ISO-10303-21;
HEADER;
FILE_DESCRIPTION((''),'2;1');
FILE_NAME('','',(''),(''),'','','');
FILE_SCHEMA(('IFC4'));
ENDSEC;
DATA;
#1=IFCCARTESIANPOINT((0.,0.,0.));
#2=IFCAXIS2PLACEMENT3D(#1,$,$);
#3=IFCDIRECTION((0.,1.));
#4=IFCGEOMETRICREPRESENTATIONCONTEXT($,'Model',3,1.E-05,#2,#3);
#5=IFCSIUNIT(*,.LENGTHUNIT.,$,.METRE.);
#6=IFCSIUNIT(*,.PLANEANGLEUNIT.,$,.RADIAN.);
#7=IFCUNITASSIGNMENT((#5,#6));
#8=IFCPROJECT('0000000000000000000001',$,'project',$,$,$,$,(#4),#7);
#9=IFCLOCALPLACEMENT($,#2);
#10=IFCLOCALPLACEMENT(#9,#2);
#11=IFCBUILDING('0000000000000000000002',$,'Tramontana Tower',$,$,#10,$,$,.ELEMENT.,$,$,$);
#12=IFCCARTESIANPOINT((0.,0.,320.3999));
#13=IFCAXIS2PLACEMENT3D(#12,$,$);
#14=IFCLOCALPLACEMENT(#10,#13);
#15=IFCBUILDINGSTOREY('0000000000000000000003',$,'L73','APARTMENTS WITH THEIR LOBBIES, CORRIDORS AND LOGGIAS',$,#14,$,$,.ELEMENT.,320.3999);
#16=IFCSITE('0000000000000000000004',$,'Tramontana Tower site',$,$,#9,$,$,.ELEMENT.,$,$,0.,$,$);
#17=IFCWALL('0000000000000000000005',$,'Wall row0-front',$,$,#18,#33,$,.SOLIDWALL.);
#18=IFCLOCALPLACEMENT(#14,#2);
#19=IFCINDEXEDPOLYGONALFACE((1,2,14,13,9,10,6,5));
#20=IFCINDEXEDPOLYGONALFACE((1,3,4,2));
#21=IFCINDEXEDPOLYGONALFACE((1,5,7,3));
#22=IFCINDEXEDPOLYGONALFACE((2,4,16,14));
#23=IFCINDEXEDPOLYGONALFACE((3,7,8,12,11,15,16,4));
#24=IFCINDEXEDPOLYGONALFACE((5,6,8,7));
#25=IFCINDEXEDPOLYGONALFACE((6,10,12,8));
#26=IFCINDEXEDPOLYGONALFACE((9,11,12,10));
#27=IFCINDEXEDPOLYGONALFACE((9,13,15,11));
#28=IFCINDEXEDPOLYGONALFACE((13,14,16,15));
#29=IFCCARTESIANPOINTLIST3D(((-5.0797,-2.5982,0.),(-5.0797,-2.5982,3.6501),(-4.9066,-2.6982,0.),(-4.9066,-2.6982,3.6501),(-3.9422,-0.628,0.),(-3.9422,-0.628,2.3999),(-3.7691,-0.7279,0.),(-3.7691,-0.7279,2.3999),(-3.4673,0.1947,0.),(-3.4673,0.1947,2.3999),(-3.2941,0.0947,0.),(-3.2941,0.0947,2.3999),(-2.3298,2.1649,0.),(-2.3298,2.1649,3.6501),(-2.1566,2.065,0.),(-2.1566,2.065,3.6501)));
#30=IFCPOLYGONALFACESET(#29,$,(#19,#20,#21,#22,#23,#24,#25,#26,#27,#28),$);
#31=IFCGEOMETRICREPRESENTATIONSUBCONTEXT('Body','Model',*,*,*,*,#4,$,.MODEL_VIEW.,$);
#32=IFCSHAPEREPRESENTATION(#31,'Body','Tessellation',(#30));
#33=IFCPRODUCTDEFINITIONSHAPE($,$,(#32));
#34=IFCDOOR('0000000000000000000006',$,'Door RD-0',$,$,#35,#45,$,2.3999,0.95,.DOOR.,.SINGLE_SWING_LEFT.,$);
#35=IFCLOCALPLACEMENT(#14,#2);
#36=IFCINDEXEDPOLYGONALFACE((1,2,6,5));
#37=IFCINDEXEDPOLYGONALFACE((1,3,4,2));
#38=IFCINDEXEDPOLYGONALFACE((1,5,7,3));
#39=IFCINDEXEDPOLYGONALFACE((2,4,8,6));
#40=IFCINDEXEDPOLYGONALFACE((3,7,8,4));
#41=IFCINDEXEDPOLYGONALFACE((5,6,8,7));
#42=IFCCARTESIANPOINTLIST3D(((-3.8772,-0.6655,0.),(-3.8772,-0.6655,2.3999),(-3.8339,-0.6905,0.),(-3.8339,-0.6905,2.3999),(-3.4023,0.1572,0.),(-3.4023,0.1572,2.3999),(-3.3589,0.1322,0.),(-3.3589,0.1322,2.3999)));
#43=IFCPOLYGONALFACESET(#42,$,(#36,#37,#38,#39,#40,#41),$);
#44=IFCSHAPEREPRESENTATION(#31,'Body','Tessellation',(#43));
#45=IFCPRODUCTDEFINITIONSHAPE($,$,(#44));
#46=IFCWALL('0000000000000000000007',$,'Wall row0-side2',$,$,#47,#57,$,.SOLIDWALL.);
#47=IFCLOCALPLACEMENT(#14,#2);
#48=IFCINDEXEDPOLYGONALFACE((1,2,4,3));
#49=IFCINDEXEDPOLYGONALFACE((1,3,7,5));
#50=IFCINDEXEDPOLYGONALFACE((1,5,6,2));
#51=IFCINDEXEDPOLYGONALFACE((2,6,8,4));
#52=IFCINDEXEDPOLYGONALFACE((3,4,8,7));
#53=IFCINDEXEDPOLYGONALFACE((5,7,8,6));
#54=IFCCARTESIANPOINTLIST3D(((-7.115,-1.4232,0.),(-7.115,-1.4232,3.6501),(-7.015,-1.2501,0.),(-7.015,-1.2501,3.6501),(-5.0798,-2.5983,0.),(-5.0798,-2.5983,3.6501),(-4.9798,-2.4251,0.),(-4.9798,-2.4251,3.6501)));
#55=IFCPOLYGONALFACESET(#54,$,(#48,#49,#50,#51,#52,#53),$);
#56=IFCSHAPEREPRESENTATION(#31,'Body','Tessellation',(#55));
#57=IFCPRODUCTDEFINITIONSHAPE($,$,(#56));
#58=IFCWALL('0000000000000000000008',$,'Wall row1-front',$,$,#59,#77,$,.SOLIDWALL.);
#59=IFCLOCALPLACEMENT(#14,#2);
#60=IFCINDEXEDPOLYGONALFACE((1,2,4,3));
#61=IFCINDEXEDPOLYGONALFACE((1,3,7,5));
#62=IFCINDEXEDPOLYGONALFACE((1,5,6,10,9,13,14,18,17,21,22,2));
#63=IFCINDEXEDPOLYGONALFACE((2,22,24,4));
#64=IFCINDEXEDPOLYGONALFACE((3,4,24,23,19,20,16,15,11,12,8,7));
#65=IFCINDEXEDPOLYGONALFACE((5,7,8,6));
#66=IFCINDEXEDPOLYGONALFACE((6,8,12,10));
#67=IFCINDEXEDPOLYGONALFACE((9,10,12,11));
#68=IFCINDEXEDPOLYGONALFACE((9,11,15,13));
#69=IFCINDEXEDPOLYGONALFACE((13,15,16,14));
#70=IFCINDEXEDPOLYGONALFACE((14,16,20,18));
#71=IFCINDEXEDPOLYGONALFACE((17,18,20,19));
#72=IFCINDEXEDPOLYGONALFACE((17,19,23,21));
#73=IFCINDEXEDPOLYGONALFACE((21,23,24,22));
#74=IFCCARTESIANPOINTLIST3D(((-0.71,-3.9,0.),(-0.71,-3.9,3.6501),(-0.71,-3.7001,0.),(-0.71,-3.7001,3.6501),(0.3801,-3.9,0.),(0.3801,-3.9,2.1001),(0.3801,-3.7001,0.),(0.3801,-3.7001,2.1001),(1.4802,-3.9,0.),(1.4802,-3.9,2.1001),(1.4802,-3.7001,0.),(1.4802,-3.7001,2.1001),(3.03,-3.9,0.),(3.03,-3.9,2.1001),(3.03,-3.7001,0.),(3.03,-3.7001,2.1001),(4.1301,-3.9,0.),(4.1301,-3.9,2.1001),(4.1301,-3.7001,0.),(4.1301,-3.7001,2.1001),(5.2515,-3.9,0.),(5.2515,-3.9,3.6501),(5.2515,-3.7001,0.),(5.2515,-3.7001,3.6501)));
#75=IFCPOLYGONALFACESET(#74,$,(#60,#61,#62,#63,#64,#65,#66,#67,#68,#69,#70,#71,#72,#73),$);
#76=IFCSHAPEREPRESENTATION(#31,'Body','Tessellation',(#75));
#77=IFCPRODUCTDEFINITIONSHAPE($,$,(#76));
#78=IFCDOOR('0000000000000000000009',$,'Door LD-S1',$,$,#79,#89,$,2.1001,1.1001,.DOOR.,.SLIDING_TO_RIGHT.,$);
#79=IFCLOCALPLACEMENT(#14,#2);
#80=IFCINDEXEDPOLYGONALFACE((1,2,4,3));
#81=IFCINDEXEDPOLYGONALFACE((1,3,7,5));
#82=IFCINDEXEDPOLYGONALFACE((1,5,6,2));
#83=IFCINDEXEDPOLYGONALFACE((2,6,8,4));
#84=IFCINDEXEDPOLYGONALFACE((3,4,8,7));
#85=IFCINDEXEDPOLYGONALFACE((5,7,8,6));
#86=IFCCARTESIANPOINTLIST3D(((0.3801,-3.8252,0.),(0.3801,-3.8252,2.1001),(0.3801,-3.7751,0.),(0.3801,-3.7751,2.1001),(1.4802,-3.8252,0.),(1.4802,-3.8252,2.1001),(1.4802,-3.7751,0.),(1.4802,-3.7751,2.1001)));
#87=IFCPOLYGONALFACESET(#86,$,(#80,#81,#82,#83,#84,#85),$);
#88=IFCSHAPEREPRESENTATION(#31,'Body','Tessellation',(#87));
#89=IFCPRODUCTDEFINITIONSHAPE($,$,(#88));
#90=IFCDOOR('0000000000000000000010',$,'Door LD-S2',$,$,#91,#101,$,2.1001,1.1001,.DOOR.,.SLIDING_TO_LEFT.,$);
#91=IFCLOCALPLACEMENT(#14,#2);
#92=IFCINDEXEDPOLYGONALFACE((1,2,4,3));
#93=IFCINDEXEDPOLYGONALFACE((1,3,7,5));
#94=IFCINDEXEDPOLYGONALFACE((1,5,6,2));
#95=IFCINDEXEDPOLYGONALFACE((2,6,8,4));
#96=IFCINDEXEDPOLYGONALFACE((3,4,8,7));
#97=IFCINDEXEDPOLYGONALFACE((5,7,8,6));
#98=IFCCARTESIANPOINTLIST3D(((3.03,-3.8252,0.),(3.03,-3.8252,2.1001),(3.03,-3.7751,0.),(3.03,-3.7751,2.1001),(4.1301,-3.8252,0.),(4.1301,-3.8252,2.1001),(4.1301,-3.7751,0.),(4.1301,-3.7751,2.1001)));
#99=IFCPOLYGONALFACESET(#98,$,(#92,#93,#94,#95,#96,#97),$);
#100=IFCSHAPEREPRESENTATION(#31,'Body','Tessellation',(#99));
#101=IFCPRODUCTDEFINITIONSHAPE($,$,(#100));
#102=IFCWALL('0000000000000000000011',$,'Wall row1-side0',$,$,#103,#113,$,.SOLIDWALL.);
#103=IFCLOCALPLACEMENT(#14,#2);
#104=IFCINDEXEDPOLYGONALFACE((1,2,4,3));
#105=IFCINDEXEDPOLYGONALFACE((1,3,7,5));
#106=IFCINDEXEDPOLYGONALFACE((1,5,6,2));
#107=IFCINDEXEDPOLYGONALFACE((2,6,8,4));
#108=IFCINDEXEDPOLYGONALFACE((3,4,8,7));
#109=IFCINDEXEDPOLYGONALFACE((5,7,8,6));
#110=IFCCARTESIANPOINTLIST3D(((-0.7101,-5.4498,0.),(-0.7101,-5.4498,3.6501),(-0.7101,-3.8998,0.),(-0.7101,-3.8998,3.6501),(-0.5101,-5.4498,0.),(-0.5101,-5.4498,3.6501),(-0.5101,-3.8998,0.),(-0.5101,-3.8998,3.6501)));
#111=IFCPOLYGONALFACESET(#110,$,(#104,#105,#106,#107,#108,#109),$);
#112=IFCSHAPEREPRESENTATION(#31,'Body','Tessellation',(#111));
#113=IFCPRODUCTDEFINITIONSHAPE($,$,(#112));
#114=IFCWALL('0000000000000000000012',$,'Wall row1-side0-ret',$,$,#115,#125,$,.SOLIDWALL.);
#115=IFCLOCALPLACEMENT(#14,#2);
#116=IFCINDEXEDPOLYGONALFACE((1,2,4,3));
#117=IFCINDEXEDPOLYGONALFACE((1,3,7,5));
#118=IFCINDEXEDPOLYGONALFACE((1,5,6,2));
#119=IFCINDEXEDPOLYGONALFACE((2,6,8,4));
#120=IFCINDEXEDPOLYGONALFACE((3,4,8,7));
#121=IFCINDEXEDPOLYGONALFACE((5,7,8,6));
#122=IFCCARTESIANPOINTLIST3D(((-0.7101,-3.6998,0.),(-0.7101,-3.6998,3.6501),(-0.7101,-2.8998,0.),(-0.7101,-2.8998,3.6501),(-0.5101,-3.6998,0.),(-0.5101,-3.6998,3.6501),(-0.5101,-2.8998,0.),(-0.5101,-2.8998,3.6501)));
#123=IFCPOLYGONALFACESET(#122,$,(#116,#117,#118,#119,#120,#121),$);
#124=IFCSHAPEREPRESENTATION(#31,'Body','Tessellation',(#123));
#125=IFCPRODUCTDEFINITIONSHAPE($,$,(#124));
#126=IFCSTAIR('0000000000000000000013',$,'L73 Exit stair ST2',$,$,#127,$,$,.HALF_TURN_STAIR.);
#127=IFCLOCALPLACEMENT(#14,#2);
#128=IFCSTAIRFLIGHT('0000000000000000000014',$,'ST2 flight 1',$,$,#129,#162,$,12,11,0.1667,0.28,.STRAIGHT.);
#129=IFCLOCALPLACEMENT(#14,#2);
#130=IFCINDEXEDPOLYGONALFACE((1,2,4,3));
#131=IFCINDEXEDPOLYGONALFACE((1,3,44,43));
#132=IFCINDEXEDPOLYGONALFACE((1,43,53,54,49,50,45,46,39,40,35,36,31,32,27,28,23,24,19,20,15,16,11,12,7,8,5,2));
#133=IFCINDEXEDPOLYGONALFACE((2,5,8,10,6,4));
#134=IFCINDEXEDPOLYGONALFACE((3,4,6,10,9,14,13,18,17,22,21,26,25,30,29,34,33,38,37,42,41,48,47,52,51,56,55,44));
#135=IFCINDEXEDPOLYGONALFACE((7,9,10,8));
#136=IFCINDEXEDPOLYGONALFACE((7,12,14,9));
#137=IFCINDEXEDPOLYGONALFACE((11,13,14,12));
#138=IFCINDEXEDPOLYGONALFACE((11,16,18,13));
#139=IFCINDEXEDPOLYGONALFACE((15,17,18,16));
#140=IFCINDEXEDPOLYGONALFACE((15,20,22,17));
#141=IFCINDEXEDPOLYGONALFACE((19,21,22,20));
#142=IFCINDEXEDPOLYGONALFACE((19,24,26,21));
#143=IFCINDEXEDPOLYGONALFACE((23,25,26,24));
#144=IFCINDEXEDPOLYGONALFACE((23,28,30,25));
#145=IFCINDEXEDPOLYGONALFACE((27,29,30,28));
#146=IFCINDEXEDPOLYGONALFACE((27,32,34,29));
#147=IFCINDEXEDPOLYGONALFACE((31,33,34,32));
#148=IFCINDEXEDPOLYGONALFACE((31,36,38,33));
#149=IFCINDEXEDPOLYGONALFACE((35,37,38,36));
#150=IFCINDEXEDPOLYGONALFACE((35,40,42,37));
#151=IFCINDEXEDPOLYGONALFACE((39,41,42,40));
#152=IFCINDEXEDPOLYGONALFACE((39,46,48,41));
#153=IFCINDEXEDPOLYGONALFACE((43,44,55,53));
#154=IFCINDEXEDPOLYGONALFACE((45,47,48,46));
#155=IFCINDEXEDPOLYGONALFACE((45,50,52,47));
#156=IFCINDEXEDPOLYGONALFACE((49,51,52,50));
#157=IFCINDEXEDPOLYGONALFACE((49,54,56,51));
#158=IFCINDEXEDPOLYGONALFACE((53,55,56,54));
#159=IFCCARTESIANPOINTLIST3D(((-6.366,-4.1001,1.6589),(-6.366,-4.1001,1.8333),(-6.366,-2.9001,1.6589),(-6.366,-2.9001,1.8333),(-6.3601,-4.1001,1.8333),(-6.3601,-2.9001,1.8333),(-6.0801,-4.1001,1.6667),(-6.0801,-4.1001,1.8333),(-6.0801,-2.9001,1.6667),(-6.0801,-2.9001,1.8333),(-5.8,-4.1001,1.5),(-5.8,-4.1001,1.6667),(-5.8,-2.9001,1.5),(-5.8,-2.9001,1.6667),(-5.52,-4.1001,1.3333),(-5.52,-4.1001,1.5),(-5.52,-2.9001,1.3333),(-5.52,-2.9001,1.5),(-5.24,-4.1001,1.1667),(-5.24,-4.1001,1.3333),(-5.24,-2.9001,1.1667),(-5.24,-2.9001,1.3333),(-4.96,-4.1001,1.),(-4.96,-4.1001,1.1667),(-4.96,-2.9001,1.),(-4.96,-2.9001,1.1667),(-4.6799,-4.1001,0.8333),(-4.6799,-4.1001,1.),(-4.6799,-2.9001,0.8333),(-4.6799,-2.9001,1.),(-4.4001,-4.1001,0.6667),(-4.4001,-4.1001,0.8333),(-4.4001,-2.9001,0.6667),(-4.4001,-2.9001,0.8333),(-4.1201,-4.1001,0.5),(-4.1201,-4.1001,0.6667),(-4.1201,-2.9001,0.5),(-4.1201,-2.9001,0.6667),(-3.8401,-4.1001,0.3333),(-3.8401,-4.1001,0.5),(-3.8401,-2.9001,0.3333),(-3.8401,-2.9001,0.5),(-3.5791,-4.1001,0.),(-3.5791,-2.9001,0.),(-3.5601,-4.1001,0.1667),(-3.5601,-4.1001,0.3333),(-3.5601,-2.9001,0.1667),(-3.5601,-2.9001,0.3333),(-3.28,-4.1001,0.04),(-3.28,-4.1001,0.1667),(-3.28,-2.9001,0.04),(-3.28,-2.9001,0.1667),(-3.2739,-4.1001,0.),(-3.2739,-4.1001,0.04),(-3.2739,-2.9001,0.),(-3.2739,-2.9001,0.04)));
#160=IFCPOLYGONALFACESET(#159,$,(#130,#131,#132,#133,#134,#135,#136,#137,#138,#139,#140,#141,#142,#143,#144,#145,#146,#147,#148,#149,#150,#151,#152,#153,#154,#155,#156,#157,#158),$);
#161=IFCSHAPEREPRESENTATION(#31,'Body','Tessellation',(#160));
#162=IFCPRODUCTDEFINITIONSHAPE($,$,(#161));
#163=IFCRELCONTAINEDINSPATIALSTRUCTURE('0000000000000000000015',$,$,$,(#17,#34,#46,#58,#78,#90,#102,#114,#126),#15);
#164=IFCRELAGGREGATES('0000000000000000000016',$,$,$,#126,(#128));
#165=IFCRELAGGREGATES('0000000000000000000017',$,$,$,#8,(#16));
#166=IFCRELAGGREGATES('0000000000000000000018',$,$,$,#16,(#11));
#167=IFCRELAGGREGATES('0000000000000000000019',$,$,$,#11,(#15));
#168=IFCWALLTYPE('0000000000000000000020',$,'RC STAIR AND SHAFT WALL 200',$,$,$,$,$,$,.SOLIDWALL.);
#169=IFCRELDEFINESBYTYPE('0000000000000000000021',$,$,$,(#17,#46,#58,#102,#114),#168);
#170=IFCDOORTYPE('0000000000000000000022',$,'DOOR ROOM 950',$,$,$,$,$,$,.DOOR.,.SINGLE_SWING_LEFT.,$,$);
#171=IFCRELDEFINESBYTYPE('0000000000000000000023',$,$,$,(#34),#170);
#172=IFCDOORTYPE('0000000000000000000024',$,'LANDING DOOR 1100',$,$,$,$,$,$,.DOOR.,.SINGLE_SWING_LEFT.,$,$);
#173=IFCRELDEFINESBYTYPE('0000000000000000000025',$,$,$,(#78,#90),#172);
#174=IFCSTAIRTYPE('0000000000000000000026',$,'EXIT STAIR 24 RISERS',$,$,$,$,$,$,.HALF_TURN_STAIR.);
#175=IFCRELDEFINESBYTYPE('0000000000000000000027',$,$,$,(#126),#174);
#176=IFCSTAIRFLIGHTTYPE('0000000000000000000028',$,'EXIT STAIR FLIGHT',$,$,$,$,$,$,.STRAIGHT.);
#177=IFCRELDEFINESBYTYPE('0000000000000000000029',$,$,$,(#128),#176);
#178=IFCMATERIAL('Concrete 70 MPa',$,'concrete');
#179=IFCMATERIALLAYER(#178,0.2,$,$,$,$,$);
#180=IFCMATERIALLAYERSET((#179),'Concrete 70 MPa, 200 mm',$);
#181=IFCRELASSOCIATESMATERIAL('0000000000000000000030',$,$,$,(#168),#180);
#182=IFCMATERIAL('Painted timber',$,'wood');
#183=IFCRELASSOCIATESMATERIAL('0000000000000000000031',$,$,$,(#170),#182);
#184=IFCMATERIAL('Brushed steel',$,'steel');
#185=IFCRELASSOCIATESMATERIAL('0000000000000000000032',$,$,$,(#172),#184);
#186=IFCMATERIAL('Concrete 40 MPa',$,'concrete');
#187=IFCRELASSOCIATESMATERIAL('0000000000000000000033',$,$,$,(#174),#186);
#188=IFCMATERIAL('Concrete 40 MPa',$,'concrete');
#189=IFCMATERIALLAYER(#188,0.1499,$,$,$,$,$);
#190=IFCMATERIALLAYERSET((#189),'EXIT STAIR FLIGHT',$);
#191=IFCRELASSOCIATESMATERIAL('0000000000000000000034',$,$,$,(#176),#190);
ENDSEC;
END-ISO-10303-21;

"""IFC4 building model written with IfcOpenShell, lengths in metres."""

from ifc_helpers import new_model, si_unit, direction, frame, frame_2d, origin, place, context, subcontext, project, spatial, polyline, rectangle, outline, extrude, material, layer, layer_set, type_object, element, fill, aggregate, save


model = new_model("IFC4")

# Units and contexts
model_context = context("Model", 3, precision=1e-05, world=origin(), true_north=direction((0.0, 1.0)))
body_context = subcontext(model_context, "Body", "Model", "MODEL_VIEW")
ifc_project = project(units=[si_unit("LENGTHUNIT", "METRE"), si_unit("PLANEANGLEUNIT", "RADIAN")], contexts=[model_context])

# Site, building, storey
site_placement = place(None, origin())
site = spatial("IfcSite", under=ifc_project, at=site_placement, Name="Tramontana Tower site", CompositionType="ELEMENT", RefElevation=0.0)
building_placement = place(site_placement, origin())
building = spatial("IfcBuilding", under=site, at=building_placement, Name="Tramontana Tower", CompositionType="ELEMENT")
storey_placement = place(building_placement, frame((0.0, 0.0, 320.3999)))
storey = spatial("IfcBuildingStorey", under=building, at=storey_placement, Name="L73", Description="APARTMENTS WITH THEIR LOBBIES, CORRIDORS AND LOGGIAS", CompositionType="ELEMENT", Elevation=320.3999)

# Wall, opening, door
ifc_material_1 = material(Name="Concrete 70 MPa", Category="concrete")
ifc_layer_1 = layer(ifc_material_1, 0.2)
ifc_layer_set_1 = layer_set([ifc_layer_1], Name="Concrete 70 MPa, 200 mm")
wall_type_1 = type_object("IfcWallType", Name="RC STAIR AND SHAFT WALL 200", PredefinedType="SOLIDWALL", material=ifc_layer_set_1)
wall_1_placement = place(storey_placement, frame((-4.9932, -2.6482, 0.0), z_axis=(0.0, 0.0, 1.0), x_axis=(0.499997, 0.866027, 0.0)))
wall_1 = element("IfcWall", 1, at=wall_1_placement, inside=storey, type_object=wall_type_1, Name="Wall row0-front", PredefinedType="SOLIDWALL", context=body_context, shape_type="SweptSolid", body=[
    extrude(rectangle(XDim=5.5, YDim=0.2, at=frame_2d((2.75, 0.0))), origin(), (0.0, 0.0, 1.0), 3.6501),
])
opening_1_placement = place(wall_1_placement, frame((2.2749, 0.0, 0.0)))
opening_1 = element("IfcOpeningElement", 2, at=opening_1_placement, cuts=wall_1, PredefinedType="OPENING", context=body_context, shape_type="SweptSolid", body=[
    extrude(rectangle(XDim=0.95, YDim=2.3999, at=frame_2d((0.4751, 1.2))), frame((0.0, 0.1099, 0.0), z_axis=(0.0, -1.0, 0.0), x_axis=(1.0, 0.0, 0.0)), (0.0, 0.0, 1.0), 0.22),
])
ifc_material_2 = material(Name="Painted timber", Category="wood")
door_type_1 = type_object("IfcDoorType", Name="DOOR ROOM 950", OperationType="SINGLE_SWING_LEFT", PredefinedType="DOOR", material=ifc_material_2)
door_1_placement = place(opening_1_placement, origin())
door_1 = element("IfcDoor", 3, at=door_1_placement, inside=storey, type_object=door_type_1, Name="Door RD-0", OperationType="SINGLE_SWING_LEFT", OverallHeight=2.3999, OverallWidth=0.95, PredefinedType="DOOR", context=body_context, shape_type="SweptSolid", body=[
    extrude(rectangle(XDim=0.95, YDim=2.3999, at=frame_2d((0.4751, 1.2))), frame((0.0, 0.0249, 0.0), z_axis=(0.0, -1.0, 0.0), x_axis=(1.0, 0.0, 0.0)), (0.0, 0.0, 1.0), 0.05),
])
fill(opening_1, door_1)

# Wall
wall_2_placement = place(storey_placement, frame((-5.0298, -2.5117, 0.0), z_axis=(0.0, 0.0, 1.0), x_axis=(-0.866016, 0.500016, 0.0)))
element("IfcWall", 4, at=wall_2_placement, inside=storey, type_object=wall_type_1, Name="Wall row0-side2", PredefinedType="SOLIDWALL", context=body_context, shape_type="SweptSolid", body=[
    extrude(rectangle(XDim=2.3501, YDim=0.2, at=frame_2d((1.175, 0.0))), origin(), (0.0, 0.0, 1.0), 3.6501),
])

# Wall, openings, doors
wall_3_placement = place(storey_placement, frame((-0.71, -3.8, 0.0), z_axis=(0.0, 0.0, 1.0), x_axis=(1.0, 0.0, 0.0)))
wall_3 = element("IfcWall", 5, at=wall_3_placement, inside=storey, type_object=wall_type_1, Name="Wall row1-front", PredefinedType="SOLIDWALL", context=body_context, shape_type="SweptSolid", body=[
    extrude(rectangle(XDim=5.9614, YDim=0.2, at=frame_2d((2.9807, 0.0))), origin(), (0.0, 0.0, 1.0), 3.6501),
])
opening_2_placement = place(wall_3_placement, frame((1.0901, 0.0, 0.0)))
opening_2 = element("IfcOpeningElement", 6, at=opening_2_placement, cuts=wall_3, PredefinedType="OPENING", context=body_context, shape_type="SweptSolid", body=[
    extrude(rectangle(XDim=1.1001, YDim=2.1001, at=frame_2d((0.55, 1.05))), frame((0.0, 0.1099, 0.0), z_axis=(0.0, -1.0, 0.0), x_axis=(1.0, 0.0, 0.0)), (0.0, 0.0, 1.0), 0.22),
])
opening_3_placement = place(wall_3_placement, frame((3.74, 0.0, 0.0)))
opening_3 = element("IfcOpeningElement", 7, at=opening_3_placement, cuts=wall_3, PredefinedType="OPENING", context=body_context, shape_type="SweptSolid", body=[
    extrude(rectangle(XDim=1.1001, YDim=2.1001, at=frame_2d((0.55, 1.05))), frame((0.0, 0.1099, 0.0), z_axis=(0.0, -1.0, 0.0), x_axis=(1.0, 0.0, 0.0)), (0.0, 0.0, 1.0), 0.22),
])
ifc_material_3 = material(Name="Brushed steel", Category="steel")
door_type_2 = type_object("IfcDoorType", Name="LANDING DOOR 1100", OperationType="SINGLE_SWING_LEFT", PredefinedType="DOOR", material=ifc_material_3)
door_2_placement = place(opening_2_placement, origin())
door_2 = element("IfcDoor", 8, at=door_2_placement, inside=storey, type_object=door_type_2, Name="Door LD-S1", OperationType="SLIDING_TO_RIGHT", OverallHeight=2.1001, OverallWidth=1.1001, PredefinedType="DOOR", context=body_context, shape_type="SweptSolid", body=[
    extrude(rectangle(XDim=1.1001, YDim=2.1001, at=frame_2d((0.55, 1.05))), frame((0.0, 0.0249, 0.0), z_axis=(0.0, -1.0, 0.0), x_axis=(1.0, 0.0, 0.0)), (0.0, 0.0, 1.0), 0.05),
])
fill(opening_2, door_2)
door_3_placement = place(opening_3_placement, origin())
door_3 = element("IfcDoor", 9, at=door_3_placement, inside=storey, type_object=door_type_2, Name="Door LD-S2", OperationType="SLIDING_TO_LEFT", OverallHeight=2.1001, OverallWidth=1.1001, PredefinedType="DOOR", context=body_context, shape_type="SweptSolid", body=[
    extrude(rectangle(XDim=1.1001, YDim=2.1001, at=frame_2d((0.55, 1.05))), frame((0.0, 0.0249, 0.0), z_axis=(0.0, -1.0, 0.0), x_axis=(1.0, 0.0, 0.0)), (0.0, 0.0, 1.0), 0.05),
])
fill(opening_3, door_3)

# Walls
wall_4_placement = place(storey_placement, frame((-0.6101, -3.8999, 0.0), z_axis=(0.0, 0.0, 1.0), x_axis=(0.0, -1.0, 0.0)))
element("IfcWall", 10, at=wall_4_placement, inside=storey, type_object=wall_type_1, Name="Wall row1-side0", PredefinedType="SOLIDWALL", context=body_context, shape_type="SweptSolid", body=[
    extrude(rectangle(XDim=1.55, YDim=0.2, at=frame_2d((0.7749, 0.0))), origin(), (0.0, 0.0, 1.0), 3.6501),
])
wall_5_placement = place(storey_placement, frame((-0.6101, -2.8999, 0.0), z_axis=(0.0, 0.0, 1.0), x_axis=(0.0, -1.0, 0.0)))
element("IfcWall", 11, at=wall_5_placement, inside=storey, type_object=wall_type_1, Name="Wall row1-side0-ret", PredefinedType="SOLIDWALL", context=body_context, shape_type="SweptSolid", body=[
    extrude(rectangle(XDim=0.8, YDim=0.2, at=frame_2d((0.3999, 0.0))), origin(), (0.0, 0.0, 1.0), 3.6501),
])

# Stair, stair flight
ifc_material_4 = material(Name="Concrete 40 MPa", Category="concrete")
stair_type = type_object("IfcStairType", Name="EXIT STAIR 24 RISERS", PredefinedType="HALF_TURN_STAIR", material=ifc_material_4)
stair_placement = place(storey_placement, origin())
stair = element("IfcStair", 12, at=stair_placement, inside=storey, type_object=stair_type, Name="L73 Exit stair ST2", PredefinedType="HALF_TURN_STAIR")
ifc_material_5 = material(Name="Concrete 40 MPa", Category="concrete")
ifc_layer_2 = layer(ifc_material_5, 0.1499)
ifc_layer_set_2 = layer_set([ifc_layer_2], Name="EXIT STAIR FLIGHT")
stair_flight_type = type_object("IfcStairFlightType", Name="EXIT STAIR FLIGHT", PredefinedType="STRAIGHT", material=ifc_layer_set_2)
stair_flight_1_placement = place(storey_placement, frame((-3.28, -3.5, 0.0), z_axis=(0.0, 0.0, 1.0), x_axis=(-1.0, 0.0, 0.0)))
stair_flight_1 = element("IfcStairFlight", 13, at=stair_flight_1_placement, type_object=stair_flight_type, Name="ST2 flight 1", NumberOfRisers=12, NumberOfTreads=11, PredefinedType="STRAIGHT", RiserHeight=0.1667, TreadLength=0.28, context=body_context, shape_type="SweptSolid", body=[
    extrude(outline(polyline([(-0.0061, 0.0), (-0.0061, 0.04), (0.0, 0.04), (0.0, 0.1667), (0.28, 0.1667), (0.28, 0.3333), (0.5601, 0.3333), (0.5601, 0.5), (0.8401, 0.5), (0.8401, 0.6667), (1.1201, 0.6667), (1.1201, 0.8333), (1.3999, 0.8333), (1.3999, 1.0), (1.6799, 1.0), (1.6799, 1.1667), (1.96, 1.1667), (1.96, 1.3333), (2.24, 1.3333), (2.24, 1.5), (2.52, 1.5), (2.52, 1.6667), (2.8, 1.6667), (2.8, 1.8333), (3.0801, 1.8333), (3.0859, 1.8333), (3.0859, 1.6589), (0.2991, 0.0), (-0.0061, 0.0)])), frame((0.0, 0.6001, 0.0), z_axis=(0.0, -1.0, 0.0), x_axis=(1.0, 0.0, 0.0)), (0.0, 0.0, 1.0), 1.2),
])
aggregate(stair, [stair_flight_1])

save(model, "model.ifc")
